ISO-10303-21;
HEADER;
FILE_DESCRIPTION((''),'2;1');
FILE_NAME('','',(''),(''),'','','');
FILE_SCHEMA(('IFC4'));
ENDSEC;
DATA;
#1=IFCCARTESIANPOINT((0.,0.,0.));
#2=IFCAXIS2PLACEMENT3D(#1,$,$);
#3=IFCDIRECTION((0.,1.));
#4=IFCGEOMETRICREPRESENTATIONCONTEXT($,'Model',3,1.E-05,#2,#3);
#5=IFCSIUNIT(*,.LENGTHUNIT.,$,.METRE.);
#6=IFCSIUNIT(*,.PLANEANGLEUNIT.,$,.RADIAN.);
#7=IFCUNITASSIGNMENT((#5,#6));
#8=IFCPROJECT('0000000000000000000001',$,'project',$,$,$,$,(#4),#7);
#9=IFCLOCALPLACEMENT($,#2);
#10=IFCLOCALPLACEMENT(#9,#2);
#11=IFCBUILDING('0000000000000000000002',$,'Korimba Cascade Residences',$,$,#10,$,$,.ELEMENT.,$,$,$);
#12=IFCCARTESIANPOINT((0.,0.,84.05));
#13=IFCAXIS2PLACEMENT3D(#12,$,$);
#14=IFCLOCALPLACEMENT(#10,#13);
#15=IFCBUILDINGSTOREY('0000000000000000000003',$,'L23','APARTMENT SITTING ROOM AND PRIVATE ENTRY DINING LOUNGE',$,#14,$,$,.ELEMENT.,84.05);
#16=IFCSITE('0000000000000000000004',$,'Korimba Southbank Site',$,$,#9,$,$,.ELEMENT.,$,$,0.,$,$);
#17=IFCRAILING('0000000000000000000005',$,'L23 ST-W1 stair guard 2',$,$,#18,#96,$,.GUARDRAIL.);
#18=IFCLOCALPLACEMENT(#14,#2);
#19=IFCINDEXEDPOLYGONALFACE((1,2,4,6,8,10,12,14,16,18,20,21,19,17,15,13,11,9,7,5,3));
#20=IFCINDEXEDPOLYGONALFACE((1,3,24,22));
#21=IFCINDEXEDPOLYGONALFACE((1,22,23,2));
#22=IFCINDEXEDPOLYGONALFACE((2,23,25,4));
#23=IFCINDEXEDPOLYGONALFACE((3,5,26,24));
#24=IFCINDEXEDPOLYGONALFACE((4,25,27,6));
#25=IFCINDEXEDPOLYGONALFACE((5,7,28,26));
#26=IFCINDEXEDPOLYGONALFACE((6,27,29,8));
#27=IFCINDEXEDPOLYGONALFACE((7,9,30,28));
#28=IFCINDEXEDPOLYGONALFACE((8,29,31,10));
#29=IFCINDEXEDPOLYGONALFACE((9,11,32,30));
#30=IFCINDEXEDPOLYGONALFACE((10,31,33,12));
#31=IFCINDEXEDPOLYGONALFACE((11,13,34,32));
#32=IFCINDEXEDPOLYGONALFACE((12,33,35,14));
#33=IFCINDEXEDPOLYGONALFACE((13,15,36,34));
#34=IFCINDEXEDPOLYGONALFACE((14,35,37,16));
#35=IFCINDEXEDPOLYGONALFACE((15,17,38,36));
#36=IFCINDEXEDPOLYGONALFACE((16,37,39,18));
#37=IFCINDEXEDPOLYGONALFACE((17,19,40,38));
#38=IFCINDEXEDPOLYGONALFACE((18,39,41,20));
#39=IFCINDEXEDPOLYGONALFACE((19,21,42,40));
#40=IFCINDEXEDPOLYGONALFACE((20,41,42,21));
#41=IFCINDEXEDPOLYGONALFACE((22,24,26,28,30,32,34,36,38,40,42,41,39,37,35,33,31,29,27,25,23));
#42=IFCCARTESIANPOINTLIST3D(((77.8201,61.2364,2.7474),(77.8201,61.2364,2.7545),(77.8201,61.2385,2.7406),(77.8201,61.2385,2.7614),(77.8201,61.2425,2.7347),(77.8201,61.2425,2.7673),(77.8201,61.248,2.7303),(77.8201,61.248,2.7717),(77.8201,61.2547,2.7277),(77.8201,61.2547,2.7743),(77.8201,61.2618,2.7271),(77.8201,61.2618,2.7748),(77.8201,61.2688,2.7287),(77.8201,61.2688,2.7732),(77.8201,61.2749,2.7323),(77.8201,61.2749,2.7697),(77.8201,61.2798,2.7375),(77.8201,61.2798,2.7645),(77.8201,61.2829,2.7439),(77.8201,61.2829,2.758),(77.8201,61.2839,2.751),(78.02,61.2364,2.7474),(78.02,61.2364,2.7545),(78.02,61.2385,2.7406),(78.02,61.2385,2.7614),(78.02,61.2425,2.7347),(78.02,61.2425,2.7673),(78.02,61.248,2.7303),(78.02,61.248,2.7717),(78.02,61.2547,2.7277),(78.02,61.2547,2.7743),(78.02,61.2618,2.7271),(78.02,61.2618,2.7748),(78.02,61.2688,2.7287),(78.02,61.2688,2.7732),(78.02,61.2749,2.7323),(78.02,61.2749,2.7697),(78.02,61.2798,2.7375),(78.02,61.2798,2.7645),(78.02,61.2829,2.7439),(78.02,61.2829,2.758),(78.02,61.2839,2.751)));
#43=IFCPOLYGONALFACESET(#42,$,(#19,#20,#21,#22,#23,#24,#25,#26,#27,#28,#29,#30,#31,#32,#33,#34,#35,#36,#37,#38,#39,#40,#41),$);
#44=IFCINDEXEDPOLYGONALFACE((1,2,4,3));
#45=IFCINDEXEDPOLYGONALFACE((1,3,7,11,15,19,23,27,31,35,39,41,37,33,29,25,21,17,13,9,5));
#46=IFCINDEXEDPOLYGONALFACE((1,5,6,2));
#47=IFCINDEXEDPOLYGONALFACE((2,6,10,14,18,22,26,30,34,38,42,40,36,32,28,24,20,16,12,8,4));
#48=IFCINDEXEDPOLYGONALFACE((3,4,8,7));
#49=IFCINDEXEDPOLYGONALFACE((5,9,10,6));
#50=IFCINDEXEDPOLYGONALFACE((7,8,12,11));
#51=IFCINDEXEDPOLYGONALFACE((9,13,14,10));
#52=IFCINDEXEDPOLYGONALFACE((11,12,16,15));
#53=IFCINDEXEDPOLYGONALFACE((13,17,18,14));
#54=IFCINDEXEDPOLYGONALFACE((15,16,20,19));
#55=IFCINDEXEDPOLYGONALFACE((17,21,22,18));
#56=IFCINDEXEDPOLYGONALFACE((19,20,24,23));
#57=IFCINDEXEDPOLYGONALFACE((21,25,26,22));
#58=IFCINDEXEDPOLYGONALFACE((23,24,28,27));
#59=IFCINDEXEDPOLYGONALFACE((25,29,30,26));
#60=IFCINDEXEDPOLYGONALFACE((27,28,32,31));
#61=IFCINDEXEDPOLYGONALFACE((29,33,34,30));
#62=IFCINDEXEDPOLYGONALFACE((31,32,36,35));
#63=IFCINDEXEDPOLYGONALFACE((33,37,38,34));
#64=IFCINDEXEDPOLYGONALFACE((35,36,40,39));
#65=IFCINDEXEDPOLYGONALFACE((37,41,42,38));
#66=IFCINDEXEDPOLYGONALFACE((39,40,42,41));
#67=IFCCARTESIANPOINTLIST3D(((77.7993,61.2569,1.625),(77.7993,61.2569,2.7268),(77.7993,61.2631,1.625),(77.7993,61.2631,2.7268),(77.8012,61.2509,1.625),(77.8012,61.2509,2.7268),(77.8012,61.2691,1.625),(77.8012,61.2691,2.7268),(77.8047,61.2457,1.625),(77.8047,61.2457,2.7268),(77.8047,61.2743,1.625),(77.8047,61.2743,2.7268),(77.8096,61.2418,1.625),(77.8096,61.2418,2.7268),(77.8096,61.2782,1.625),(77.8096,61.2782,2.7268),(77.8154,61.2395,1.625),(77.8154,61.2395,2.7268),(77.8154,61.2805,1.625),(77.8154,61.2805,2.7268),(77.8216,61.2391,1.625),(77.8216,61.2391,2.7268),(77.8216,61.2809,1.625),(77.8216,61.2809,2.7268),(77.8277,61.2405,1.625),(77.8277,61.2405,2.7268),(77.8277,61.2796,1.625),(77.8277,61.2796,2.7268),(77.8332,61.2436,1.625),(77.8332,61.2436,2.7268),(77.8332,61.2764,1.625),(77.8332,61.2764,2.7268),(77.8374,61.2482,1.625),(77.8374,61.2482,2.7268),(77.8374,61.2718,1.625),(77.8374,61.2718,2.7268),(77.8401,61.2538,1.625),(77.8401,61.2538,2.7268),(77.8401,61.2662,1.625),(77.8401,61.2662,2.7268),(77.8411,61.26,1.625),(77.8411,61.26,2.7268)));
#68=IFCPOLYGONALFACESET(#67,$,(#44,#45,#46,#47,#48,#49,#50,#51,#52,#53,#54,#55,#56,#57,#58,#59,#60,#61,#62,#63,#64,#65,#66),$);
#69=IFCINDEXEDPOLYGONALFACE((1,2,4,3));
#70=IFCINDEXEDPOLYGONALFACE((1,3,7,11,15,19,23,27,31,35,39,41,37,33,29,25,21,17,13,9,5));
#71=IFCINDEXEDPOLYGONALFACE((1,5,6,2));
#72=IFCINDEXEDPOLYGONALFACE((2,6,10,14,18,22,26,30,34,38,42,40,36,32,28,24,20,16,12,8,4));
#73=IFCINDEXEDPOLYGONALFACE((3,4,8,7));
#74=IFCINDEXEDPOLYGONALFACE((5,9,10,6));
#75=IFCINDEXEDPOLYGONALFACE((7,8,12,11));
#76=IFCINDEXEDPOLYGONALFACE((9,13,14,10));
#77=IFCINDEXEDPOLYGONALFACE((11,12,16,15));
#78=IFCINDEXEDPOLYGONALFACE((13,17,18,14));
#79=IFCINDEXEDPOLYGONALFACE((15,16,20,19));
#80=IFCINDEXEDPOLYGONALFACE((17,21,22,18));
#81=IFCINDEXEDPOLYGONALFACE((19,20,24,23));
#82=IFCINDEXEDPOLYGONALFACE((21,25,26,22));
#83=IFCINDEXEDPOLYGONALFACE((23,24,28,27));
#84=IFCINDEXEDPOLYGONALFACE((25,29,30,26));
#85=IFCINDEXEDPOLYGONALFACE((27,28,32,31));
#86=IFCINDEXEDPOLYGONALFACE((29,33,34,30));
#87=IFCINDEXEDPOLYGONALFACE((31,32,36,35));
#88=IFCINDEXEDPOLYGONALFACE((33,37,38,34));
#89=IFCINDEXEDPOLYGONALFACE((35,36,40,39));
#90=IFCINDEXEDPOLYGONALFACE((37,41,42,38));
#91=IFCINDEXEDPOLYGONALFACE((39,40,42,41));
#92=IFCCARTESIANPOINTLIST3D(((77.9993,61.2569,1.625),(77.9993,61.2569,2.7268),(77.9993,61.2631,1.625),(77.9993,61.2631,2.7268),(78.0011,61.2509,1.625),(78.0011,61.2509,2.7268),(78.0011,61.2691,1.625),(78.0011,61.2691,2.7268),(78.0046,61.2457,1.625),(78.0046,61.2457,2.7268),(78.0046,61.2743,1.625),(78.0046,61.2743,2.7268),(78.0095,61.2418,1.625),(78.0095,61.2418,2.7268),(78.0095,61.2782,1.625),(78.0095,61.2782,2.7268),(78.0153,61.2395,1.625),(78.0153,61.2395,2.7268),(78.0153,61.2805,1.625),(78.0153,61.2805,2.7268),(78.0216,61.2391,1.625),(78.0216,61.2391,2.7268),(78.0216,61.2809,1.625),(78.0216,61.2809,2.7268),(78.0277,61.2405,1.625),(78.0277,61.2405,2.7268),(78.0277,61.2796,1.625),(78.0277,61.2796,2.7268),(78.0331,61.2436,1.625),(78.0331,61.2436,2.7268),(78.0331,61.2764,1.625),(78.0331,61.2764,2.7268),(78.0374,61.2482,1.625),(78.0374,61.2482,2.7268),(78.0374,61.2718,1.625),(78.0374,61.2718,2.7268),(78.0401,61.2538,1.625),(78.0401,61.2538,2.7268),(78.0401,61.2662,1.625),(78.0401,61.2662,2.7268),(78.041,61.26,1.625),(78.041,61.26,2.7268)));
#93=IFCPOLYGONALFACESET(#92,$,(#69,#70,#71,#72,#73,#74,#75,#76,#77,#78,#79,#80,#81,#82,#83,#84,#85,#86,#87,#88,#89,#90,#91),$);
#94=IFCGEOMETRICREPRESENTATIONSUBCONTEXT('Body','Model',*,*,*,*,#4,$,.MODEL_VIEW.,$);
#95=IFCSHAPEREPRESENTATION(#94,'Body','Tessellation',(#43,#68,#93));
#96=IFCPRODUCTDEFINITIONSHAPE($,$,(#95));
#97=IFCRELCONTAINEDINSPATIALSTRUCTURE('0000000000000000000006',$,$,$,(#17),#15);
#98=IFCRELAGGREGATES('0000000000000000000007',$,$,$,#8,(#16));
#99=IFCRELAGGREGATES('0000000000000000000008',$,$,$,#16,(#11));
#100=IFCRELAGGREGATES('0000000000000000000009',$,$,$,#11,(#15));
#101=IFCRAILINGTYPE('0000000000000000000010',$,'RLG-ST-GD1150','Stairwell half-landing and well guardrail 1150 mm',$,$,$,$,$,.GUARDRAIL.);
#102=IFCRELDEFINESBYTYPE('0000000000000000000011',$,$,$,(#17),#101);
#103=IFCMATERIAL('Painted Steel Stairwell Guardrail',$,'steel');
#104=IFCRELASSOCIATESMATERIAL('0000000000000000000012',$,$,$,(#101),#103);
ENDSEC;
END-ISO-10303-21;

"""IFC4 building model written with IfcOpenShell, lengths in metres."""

from ifc_helpers import new_model, si_unit, direction, frame, origin, origin_2d, place, context, subcontext, project, spatial, circle, extrude, material, type_object, element, save


model = new_model("IFC4")

# Units and contexts
model_context = context("Model", 3, precision=1e-05, world=origin(), true_north=direction((0.0, 1.0)))
body_context = subcontext(model_context, "Body", "Model", "MODEL_VIEW")
ifc_project = project(units=[si_unit("LENGTHUNIT", "METRE"), si_unit("PLANEANGLEUNIT", "RADIAN")], contexts=[model_context])

# Site, building, storey
site_placement = place(None, origin())
site = spatial("IfcSite", under=ifc_project, at=site_placement, Name="Korimba Southbank Site", CompositionType="ELEMENT", RefElevation=0.0)
building_placement = place(site_placement, origin())
building = spatial("IfcBuilding", under=site, at=building_placement, Name="Korimba Cascade Residences", CompositionType="ELEMENT")
storey_placement = place(building_placement, frame((0.0, 0.0, 84.05)))
storey = spatial("IfcBuildingStorey", under=building, at=storey_placement, Name="L23", Description="APARTMENT SITTING ROOM AND PRIVATE ENTRY DINING LOUNGE", CompositionType="ELEMENT", Elevation=84.05)

# Railing
ifc_material_1 = material(Name="Painted Steel Stairwell Guardrail", Category="steel")
railing_type_1 = type_object("IfcRailingType", Name="RLG-ST-GD1150", Description="Stairwell half-landing and well guardrail 1150 mm", PredefinedType="GUARDRAIL", material=ifc_material_1)
railing_1_placement = place(storey_placement, frame((77.8201, 61.26, 1.625)))
element("IfcRailing", 1, at=railing_1_placement, inside=storey, type_object=railing_type_1, Name="L23 ST-W1 stair guard 2", PredefinedType="GUARDRAIL", context=body_context, shape_type="SweptSolid", body=[
    extrude(circle(Radius=0.0239, at=origin_2d()), frame((0.0, 0.0, 1.126), z_axis=(1.0, 0.0, 0.0), x_axis=(0.0, 1.0, 0.0)), (0.0, 0.0, 1.0), 0.2),
    extrude(circle(Radius=0.021, at=origin_2d()), origin(), (0.0, 0.0, 1.0), 1.1018),
    extrude(circle(Radius=0.021, at=origin_2d()), frame((0.2, 0.0, 0.0)), (0.0, 0.0, 1.0), 1.1018),
])

save(model, "model.ifc")
